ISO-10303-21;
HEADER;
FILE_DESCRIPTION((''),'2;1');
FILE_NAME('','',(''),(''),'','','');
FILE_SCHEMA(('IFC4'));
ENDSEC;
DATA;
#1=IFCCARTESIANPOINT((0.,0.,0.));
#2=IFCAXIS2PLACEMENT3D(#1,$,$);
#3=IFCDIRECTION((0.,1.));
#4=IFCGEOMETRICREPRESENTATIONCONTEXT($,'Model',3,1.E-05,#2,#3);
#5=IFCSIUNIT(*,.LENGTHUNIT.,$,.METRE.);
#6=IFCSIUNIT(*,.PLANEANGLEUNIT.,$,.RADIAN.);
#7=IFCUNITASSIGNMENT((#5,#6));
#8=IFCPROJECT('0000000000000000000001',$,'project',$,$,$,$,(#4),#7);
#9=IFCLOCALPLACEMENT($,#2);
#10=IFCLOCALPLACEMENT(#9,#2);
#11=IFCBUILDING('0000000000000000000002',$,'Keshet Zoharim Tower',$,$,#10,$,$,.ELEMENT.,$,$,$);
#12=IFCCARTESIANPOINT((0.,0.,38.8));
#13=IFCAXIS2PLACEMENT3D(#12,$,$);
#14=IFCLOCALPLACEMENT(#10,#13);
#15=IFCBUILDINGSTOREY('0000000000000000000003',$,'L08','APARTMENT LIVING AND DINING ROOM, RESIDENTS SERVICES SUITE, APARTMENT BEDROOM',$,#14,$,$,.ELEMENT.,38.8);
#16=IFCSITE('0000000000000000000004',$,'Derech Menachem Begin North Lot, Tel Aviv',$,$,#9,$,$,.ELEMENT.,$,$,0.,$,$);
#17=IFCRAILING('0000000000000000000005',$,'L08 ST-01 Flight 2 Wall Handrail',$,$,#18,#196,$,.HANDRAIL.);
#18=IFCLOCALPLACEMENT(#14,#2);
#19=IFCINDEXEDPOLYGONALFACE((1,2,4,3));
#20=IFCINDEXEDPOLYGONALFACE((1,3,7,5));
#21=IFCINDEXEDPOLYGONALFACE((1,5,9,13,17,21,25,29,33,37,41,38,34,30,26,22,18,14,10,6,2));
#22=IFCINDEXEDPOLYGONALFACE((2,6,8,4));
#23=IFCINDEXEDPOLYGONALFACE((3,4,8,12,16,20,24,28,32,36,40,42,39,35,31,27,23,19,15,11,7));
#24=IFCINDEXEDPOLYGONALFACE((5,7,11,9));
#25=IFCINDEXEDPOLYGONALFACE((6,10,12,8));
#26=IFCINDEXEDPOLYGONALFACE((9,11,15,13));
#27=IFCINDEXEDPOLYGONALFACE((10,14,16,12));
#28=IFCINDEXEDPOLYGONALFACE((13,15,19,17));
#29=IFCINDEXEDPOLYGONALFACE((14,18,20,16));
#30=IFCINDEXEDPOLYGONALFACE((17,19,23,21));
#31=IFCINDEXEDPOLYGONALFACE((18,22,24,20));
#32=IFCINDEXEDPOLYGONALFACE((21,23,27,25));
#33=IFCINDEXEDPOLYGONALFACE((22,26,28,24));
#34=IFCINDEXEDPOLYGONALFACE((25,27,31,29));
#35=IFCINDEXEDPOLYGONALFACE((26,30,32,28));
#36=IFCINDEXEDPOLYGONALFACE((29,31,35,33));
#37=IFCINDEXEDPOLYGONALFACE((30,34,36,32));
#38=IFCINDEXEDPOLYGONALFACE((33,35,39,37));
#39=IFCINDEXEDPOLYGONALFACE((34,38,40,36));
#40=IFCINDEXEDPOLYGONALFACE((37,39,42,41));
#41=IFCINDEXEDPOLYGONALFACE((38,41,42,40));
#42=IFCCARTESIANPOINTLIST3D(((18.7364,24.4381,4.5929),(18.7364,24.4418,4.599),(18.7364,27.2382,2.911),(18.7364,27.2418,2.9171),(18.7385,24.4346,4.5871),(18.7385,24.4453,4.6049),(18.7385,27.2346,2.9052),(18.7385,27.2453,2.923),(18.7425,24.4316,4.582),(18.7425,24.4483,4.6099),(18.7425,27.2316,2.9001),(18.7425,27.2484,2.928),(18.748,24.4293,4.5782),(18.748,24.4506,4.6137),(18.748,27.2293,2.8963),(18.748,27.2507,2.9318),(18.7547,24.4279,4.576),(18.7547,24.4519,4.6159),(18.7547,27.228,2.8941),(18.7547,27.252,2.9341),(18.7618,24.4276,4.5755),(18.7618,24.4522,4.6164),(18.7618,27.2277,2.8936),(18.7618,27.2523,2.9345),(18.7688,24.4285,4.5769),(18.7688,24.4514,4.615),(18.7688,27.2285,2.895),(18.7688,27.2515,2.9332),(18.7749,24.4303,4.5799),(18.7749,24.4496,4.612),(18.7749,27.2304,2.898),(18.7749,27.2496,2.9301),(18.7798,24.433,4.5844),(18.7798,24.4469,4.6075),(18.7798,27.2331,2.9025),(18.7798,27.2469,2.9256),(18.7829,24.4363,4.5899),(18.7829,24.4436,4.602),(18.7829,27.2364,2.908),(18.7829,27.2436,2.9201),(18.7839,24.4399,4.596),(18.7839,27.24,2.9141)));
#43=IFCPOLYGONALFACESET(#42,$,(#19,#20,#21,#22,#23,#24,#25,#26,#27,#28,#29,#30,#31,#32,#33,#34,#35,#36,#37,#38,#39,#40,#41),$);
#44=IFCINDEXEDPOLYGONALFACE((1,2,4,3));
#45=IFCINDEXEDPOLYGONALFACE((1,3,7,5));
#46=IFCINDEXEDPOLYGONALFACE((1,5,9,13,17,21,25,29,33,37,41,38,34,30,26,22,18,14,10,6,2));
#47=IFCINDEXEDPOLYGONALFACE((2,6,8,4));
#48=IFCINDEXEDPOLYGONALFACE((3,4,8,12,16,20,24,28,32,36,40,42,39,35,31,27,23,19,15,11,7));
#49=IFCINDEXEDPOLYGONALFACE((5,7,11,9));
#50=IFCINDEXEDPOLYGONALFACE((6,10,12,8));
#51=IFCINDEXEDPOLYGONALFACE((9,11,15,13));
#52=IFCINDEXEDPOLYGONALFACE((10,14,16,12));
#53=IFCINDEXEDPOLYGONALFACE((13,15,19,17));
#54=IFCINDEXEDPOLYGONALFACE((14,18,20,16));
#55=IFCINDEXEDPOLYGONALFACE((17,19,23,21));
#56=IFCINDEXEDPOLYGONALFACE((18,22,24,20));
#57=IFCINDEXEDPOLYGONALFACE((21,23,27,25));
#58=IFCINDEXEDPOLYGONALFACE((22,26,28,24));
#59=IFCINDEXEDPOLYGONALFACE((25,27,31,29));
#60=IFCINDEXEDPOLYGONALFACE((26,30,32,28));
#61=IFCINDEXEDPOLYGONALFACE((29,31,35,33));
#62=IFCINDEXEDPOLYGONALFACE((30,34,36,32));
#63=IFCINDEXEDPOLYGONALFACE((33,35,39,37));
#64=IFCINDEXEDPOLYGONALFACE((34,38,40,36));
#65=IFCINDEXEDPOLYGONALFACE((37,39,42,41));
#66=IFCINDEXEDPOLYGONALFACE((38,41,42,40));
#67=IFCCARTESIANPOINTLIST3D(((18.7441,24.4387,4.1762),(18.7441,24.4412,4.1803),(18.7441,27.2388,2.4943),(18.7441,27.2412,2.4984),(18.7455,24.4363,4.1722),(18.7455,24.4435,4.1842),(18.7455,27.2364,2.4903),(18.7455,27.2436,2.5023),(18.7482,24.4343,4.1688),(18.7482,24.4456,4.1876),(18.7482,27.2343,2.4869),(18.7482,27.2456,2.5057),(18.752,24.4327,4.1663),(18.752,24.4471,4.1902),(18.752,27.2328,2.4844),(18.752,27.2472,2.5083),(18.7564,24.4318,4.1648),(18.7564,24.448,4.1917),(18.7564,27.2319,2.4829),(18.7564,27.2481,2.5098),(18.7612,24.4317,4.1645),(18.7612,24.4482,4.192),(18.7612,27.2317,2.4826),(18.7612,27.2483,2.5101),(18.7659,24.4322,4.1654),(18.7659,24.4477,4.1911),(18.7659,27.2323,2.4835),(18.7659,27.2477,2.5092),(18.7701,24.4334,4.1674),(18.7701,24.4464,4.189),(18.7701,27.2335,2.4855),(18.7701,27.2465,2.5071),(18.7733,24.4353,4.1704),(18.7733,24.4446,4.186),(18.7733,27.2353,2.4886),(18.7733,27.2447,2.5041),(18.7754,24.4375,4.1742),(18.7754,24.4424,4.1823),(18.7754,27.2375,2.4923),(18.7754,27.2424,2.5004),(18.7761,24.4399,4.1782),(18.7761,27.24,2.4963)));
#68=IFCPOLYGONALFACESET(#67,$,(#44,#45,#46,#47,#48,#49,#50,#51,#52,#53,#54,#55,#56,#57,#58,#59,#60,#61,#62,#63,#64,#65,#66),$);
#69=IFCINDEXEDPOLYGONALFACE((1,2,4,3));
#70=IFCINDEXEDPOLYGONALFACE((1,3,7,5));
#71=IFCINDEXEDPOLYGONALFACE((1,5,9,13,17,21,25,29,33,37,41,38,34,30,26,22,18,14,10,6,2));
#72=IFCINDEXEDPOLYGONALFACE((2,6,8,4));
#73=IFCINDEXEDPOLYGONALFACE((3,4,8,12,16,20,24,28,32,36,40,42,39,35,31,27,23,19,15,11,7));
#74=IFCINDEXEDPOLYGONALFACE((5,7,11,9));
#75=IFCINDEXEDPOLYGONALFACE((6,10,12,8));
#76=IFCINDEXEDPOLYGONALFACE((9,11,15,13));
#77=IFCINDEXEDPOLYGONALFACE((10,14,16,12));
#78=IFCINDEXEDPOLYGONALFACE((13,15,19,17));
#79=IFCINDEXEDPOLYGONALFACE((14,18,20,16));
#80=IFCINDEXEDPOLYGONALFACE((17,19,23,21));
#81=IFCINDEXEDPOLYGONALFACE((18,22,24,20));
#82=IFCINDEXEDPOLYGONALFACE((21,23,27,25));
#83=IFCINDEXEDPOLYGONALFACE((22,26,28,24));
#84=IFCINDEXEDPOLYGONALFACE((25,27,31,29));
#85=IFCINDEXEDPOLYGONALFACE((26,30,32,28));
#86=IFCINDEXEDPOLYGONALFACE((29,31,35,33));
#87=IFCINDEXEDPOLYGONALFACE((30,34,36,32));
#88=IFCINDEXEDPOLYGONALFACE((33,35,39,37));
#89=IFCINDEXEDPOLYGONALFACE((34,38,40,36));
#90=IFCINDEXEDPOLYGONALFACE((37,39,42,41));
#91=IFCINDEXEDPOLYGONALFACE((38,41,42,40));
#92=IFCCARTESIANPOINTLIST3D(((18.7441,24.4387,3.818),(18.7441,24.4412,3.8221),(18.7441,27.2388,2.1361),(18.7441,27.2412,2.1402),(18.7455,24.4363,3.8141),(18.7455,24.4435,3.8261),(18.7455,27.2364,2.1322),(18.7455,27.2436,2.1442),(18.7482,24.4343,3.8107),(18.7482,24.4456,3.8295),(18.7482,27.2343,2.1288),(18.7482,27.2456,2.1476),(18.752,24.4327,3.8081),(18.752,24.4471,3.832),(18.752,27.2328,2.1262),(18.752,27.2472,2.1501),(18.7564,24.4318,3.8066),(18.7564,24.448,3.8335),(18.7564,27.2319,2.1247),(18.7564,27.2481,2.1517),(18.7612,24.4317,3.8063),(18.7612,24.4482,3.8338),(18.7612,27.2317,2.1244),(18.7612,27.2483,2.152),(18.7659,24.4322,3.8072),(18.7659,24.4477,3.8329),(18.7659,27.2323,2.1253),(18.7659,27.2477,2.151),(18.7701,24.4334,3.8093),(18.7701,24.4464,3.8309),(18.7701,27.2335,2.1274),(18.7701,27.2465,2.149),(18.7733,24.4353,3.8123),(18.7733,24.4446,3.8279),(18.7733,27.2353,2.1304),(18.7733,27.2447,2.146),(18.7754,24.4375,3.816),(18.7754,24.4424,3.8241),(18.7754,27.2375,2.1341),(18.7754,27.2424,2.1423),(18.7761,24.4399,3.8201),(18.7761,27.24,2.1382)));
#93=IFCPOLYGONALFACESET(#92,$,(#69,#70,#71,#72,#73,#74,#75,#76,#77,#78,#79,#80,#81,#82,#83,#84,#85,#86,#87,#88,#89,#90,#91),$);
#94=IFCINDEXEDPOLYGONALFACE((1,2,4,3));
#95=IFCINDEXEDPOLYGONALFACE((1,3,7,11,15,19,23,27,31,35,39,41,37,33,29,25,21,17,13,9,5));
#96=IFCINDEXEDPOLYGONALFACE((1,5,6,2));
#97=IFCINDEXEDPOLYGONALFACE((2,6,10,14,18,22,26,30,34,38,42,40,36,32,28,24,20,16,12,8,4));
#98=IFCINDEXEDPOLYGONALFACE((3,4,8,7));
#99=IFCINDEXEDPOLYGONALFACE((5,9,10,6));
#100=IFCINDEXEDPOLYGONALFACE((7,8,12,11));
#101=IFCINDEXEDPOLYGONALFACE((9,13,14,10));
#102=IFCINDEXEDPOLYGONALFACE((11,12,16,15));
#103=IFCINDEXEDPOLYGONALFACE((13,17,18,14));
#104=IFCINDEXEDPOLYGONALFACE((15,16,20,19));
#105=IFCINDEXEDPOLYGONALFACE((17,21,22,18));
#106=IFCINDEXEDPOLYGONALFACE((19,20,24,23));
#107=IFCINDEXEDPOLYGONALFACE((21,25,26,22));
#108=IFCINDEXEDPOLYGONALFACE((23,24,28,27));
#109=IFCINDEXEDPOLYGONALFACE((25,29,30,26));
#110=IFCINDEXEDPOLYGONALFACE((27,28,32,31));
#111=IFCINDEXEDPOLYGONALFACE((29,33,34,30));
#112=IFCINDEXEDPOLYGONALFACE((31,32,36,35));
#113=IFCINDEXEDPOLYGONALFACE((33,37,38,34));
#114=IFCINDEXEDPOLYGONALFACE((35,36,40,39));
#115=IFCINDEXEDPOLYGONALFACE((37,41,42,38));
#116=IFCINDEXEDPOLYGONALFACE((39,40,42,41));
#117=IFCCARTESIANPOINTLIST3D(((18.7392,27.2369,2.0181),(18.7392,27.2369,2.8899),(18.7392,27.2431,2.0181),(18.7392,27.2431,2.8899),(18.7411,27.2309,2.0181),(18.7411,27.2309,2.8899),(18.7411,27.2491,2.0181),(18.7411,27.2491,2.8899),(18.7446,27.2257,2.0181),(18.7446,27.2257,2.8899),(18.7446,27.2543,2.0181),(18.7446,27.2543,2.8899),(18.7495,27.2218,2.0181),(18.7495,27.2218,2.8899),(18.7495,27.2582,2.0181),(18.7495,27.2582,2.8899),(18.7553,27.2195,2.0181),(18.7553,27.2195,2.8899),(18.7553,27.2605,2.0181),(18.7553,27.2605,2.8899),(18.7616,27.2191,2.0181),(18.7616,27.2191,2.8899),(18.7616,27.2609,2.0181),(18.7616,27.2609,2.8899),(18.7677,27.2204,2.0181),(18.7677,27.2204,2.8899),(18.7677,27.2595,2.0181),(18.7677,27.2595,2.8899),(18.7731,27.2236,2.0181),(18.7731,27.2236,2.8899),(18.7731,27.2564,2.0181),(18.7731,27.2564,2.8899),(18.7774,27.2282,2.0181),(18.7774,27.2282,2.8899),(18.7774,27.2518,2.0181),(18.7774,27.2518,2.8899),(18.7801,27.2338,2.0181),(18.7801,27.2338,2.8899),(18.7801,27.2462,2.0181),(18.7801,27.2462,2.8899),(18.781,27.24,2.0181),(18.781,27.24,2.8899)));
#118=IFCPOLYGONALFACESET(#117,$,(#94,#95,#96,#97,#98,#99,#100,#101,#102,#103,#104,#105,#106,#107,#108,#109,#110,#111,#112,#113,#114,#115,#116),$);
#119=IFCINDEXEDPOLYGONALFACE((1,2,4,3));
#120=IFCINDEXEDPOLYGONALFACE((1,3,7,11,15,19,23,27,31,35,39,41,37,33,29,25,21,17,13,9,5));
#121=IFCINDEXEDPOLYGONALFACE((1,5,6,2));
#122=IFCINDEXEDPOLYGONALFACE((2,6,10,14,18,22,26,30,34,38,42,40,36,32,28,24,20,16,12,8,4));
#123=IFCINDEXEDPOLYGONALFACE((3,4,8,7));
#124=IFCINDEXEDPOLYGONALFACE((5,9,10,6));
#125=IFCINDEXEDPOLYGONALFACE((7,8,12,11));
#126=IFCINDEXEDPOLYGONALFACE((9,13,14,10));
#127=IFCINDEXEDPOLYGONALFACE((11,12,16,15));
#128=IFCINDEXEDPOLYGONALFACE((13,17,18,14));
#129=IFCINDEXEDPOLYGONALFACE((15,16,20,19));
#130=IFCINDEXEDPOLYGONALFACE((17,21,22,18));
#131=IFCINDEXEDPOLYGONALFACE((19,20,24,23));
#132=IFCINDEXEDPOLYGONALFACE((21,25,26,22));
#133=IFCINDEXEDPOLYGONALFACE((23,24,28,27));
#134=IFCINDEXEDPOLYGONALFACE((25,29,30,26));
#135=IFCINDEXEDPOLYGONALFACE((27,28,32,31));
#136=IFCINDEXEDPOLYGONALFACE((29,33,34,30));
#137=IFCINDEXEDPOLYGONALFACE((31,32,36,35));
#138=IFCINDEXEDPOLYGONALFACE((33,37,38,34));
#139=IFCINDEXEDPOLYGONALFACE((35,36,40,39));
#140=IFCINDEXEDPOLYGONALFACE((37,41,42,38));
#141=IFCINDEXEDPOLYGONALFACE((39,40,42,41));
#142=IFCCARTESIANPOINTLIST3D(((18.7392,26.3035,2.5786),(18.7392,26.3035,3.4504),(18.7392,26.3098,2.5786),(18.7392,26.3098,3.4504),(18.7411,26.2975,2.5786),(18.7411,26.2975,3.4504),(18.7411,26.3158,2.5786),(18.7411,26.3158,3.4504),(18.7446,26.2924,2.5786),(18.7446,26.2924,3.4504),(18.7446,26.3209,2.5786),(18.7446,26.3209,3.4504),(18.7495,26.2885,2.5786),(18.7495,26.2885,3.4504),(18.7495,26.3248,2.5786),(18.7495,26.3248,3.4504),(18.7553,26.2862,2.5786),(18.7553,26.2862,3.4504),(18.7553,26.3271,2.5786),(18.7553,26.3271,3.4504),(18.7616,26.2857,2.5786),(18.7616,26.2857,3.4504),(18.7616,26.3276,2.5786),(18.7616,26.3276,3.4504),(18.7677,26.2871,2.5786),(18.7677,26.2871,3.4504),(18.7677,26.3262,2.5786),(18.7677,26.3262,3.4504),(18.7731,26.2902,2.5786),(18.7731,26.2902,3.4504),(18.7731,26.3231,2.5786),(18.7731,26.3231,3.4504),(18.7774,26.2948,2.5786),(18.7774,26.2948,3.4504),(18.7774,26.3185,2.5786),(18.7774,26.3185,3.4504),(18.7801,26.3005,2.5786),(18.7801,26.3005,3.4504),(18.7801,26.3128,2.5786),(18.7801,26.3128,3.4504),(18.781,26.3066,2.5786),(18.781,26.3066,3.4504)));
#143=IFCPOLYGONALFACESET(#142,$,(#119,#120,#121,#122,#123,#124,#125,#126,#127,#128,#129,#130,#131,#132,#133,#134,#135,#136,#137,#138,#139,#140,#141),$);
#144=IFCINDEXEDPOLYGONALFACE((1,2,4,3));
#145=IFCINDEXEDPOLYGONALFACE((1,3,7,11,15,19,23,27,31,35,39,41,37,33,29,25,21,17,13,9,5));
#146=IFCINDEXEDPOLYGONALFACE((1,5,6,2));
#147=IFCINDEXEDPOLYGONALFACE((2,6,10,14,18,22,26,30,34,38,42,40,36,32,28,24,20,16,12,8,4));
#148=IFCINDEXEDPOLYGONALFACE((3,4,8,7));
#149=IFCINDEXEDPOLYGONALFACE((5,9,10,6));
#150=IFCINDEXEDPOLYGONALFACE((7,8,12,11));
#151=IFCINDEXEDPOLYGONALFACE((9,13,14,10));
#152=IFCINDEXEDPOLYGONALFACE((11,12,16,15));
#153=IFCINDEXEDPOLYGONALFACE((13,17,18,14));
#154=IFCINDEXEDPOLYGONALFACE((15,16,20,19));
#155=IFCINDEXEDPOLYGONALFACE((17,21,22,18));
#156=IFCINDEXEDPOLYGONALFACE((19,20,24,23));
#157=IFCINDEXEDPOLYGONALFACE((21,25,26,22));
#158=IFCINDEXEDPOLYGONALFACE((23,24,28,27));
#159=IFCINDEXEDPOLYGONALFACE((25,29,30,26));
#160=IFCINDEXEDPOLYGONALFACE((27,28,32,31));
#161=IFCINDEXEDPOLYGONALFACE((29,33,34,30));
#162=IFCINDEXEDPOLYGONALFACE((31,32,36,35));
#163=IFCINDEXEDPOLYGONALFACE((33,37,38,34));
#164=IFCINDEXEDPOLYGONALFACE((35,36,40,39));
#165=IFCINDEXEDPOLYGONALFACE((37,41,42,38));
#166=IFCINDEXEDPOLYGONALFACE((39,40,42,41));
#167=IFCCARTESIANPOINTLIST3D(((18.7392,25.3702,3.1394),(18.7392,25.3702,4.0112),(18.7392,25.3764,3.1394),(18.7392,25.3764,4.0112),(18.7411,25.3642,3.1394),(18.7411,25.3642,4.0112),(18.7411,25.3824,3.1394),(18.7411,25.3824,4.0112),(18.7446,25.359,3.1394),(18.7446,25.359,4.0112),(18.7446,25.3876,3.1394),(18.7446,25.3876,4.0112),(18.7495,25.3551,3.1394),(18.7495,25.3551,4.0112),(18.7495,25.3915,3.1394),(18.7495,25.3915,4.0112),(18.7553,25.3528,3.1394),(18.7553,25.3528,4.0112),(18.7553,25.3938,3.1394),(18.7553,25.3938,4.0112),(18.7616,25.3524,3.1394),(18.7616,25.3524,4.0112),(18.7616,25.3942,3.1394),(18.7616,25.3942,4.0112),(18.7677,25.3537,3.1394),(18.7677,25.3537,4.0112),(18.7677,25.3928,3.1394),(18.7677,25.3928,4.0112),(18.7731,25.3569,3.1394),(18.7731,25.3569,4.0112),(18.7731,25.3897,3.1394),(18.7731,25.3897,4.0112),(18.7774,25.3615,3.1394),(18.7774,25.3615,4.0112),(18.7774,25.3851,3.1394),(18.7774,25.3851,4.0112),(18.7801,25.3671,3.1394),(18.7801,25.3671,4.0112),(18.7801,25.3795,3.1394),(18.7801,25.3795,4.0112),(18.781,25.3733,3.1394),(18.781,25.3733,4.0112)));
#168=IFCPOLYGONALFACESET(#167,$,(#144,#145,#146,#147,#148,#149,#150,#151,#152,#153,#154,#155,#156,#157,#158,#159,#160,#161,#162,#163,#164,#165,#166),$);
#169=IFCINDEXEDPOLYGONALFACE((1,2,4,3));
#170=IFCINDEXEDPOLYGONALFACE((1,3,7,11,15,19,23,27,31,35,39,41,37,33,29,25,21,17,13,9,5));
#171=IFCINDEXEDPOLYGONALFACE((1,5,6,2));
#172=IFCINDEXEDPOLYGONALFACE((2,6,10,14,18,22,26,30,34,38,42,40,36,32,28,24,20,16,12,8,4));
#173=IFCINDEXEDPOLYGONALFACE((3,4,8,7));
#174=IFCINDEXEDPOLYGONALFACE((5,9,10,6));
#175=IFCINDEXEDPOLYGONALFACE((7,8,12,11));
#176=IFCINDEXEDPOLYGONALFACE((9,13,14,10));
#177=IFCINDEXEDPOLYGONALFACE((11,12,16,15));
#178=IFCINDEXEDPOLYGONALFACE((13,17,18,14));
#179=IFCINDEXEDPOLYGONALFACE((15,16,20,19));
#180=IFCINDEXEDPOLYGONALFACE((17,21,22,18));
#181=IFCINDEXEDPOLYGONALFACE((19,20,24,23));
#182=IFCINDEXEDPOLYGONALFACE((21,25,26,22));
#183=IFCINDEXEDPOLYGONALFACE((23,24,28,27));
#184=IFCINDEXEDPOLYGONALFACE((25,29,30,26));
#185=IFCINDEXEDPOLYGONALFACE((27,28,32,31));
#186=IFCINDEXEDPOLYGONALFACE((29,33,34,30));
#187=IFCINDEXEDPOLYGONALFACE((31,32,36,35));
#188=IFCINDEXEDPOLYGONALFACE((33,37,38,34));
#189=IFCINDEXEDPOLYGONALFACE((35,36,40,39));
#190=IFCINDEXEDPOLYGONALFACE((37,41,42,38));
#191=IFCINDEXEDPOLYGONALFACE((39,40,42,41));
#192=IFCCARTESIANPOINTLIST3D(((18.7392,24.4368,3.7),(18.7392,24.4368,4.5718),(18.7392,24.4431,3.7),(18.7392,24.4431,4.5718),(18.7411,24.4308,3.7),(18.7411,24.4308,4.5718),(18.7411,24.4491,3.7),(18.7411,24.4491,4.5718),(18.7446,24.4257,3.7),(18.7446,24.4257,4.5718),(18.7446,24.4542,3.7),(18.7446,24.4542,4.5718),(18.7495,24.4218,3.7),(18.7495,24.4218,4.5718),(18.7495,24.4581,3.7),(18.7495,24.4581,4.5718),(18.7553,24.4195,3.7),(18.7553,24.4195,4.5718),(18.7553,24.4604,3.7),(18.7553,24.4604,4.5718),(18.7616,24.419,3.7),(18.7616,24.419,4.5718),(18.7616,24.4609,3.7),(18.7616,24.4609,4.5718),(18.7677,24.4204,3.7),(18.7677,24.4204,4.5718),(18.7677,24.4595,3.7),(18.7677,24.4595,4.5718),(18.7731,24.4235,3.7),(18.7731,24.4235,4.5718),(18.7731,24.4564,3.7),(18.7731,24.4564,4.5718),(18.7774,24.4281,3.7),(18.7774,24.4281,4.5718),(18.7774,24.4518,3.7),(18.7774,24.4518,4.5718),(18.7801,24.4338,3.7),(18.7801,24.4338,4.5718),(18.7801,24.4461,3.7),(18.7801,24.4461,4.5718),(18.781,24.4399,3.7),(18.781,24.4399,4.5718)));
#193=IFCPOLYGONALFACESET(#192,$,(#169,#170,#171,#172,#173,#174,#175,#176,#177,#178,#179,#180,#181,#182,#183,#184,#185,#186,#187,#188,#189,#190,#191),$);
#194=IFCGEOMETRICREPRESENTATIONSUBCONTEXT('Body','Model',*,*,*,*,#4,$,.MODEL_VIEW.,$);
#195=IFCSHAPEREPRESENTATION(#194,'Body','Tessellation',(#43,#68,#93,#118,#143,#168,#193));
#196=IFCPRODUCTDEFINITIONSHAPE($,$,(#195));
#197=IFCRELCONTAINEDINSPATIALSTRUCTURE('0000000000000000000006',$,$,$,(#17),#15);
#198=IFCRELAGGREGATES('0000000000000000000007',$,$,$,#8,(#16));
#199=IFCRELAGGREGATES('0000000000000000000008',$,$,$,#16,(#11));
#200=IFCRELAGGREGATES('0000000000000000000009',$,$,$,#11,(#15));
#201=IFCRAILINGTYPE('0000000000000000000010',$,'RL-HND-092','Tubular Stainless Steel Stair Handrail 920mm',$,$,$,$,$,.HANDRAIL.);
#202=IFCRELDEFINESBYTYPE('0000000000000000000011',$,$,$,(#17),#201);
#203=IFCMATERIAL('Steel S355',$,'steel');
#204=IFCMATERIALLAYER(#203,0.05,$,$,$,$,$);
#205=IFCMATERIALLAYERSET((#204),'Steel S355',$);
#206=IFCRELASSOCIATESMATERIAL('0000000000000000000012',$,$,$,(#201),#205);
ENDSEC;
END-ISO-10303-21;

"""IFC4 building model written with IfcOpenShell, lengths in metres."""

from ifc_helpers import new_model, si_unit, direction, frame, origin, origin_2d, place, context, subcontext, project, spatial, circle, extrude, material, layer, layer_set, type_object, element, save


model = new_model("IFC4")

# Units and contexts
model_context = context("Model", 3, precision=1e-05, world=origin(), true_north=direction((0.0, 1.0)))
body_context = subcontext(model_context, "Body", "Model", "MODEL_VIEW")
ifc_project = project(units=[si_unit("LENGTHUNIT", "METRE"), si_unit("PLANEANGLEUNIT", "RADIAN")], contexts=[model_context])

# Site, building, storey
site_placement = place(None, origin())
site = spatial("IfcSite", under=ifc_project, at=site_placement, Name="Derech Menachem Begin North Lot, Tel Aviv", CompositionType="ELEMENT", RefElevation=0.0)
building_placement = place(site_placement, origin())
building = spatial("IfcBuilding", under=site, at=building_placement, Name="Keshet Zoharim Tower", CompositionType="ELEMENT")
storey_placement = place(building_placement, frame((0.0, 0.0, 38.8)))
storey = spatial("IfcBuildingStorey", under=building, at=storey_placement, Name="L08", Description="APARTMENT LIVING AND DINING ROOM, RESIDENTS SERVICES SUITE, APARTMENT BEDROOM", CompositionType="ELEMENT", Elevation=38.8)

# Railing
ifc_material_1 = material(Name="Steel S355", Category="steel")
ifc_layer_1 = layer(ifc_material_1, 0.05)
ifc_layer_set_1 = layer_set([ifc_layer_1], Name="Steel S355")
railing_type_1 = type_object("IfcRailingType", Name="RL-HND-092", Description="Tubular Stainless Steel Stair Handrail 920mm", PredefinedType="HANDRAIL", material=ifc_layer_set_1)
railing_1_placement = place(storey_placement, frame((18.76, 27.24, 2.0181)))
element("IfcRailing", 1, at=railing_1_placement, inside=storey, type_object=railing_type_1, Name="L08 ST-01 Flight 2 Wall Handrail", PredefinedType="HANDRAIL", context=body_context, shape_type="SweptSolid", body=[
    extrude(circle(Radius=0.0239, at=origin_2d()), frame((0.0, 0.0, 0.896), z_axis=(0.0, -0.857242, 0.514913), x_axis=(1.0, 0.0, 0.0)), (0.0, 0.0, 1.0), 3.2664),
    extrude(circle(Radius=0.0161, at=origin_2d()), frame((0.0, 0.0, 0.4783), z_axis=(0.0, -0.857242, 0.514913), x_axis=(1.0, 0.0, 0.0)), (0.0, 0.0, 1.0), 3.2664),
    extrude(circle(Radius=0.0161, at=origin_2d()), frame((0.0, 0.0, 0.1201), z_axis=(0.0, -0.857242, 0.514913), x_axis=(1.0, 0.0, 0.0)), (0.0, 0.0, 1.0), 3.2664),
    extrude(circle(Radius=0.021, at=origin_2d()), origin(), (0.0, 0.0, 1.0), 0.8718),
    extrude(circle(Radius=0.021, at=origin_2d()), frame((0.0, -0.9333, 0.5605)), (0.0, 0.0, 1.0), 0.8718),
    extrude(circle(Radius=0.021, at=origin_2d()), frame((0.0, -1.8667, 1.1213)), (0.0, 0.0, 1.0), 0.8718),
    extrude(circle(Radius=0.021, at=origin_2d()), frame((0.0, -2.8, 1.6819)), (0.0, 0.0, 1.0), 0.8718),
])

save(model, "model.ifc")
